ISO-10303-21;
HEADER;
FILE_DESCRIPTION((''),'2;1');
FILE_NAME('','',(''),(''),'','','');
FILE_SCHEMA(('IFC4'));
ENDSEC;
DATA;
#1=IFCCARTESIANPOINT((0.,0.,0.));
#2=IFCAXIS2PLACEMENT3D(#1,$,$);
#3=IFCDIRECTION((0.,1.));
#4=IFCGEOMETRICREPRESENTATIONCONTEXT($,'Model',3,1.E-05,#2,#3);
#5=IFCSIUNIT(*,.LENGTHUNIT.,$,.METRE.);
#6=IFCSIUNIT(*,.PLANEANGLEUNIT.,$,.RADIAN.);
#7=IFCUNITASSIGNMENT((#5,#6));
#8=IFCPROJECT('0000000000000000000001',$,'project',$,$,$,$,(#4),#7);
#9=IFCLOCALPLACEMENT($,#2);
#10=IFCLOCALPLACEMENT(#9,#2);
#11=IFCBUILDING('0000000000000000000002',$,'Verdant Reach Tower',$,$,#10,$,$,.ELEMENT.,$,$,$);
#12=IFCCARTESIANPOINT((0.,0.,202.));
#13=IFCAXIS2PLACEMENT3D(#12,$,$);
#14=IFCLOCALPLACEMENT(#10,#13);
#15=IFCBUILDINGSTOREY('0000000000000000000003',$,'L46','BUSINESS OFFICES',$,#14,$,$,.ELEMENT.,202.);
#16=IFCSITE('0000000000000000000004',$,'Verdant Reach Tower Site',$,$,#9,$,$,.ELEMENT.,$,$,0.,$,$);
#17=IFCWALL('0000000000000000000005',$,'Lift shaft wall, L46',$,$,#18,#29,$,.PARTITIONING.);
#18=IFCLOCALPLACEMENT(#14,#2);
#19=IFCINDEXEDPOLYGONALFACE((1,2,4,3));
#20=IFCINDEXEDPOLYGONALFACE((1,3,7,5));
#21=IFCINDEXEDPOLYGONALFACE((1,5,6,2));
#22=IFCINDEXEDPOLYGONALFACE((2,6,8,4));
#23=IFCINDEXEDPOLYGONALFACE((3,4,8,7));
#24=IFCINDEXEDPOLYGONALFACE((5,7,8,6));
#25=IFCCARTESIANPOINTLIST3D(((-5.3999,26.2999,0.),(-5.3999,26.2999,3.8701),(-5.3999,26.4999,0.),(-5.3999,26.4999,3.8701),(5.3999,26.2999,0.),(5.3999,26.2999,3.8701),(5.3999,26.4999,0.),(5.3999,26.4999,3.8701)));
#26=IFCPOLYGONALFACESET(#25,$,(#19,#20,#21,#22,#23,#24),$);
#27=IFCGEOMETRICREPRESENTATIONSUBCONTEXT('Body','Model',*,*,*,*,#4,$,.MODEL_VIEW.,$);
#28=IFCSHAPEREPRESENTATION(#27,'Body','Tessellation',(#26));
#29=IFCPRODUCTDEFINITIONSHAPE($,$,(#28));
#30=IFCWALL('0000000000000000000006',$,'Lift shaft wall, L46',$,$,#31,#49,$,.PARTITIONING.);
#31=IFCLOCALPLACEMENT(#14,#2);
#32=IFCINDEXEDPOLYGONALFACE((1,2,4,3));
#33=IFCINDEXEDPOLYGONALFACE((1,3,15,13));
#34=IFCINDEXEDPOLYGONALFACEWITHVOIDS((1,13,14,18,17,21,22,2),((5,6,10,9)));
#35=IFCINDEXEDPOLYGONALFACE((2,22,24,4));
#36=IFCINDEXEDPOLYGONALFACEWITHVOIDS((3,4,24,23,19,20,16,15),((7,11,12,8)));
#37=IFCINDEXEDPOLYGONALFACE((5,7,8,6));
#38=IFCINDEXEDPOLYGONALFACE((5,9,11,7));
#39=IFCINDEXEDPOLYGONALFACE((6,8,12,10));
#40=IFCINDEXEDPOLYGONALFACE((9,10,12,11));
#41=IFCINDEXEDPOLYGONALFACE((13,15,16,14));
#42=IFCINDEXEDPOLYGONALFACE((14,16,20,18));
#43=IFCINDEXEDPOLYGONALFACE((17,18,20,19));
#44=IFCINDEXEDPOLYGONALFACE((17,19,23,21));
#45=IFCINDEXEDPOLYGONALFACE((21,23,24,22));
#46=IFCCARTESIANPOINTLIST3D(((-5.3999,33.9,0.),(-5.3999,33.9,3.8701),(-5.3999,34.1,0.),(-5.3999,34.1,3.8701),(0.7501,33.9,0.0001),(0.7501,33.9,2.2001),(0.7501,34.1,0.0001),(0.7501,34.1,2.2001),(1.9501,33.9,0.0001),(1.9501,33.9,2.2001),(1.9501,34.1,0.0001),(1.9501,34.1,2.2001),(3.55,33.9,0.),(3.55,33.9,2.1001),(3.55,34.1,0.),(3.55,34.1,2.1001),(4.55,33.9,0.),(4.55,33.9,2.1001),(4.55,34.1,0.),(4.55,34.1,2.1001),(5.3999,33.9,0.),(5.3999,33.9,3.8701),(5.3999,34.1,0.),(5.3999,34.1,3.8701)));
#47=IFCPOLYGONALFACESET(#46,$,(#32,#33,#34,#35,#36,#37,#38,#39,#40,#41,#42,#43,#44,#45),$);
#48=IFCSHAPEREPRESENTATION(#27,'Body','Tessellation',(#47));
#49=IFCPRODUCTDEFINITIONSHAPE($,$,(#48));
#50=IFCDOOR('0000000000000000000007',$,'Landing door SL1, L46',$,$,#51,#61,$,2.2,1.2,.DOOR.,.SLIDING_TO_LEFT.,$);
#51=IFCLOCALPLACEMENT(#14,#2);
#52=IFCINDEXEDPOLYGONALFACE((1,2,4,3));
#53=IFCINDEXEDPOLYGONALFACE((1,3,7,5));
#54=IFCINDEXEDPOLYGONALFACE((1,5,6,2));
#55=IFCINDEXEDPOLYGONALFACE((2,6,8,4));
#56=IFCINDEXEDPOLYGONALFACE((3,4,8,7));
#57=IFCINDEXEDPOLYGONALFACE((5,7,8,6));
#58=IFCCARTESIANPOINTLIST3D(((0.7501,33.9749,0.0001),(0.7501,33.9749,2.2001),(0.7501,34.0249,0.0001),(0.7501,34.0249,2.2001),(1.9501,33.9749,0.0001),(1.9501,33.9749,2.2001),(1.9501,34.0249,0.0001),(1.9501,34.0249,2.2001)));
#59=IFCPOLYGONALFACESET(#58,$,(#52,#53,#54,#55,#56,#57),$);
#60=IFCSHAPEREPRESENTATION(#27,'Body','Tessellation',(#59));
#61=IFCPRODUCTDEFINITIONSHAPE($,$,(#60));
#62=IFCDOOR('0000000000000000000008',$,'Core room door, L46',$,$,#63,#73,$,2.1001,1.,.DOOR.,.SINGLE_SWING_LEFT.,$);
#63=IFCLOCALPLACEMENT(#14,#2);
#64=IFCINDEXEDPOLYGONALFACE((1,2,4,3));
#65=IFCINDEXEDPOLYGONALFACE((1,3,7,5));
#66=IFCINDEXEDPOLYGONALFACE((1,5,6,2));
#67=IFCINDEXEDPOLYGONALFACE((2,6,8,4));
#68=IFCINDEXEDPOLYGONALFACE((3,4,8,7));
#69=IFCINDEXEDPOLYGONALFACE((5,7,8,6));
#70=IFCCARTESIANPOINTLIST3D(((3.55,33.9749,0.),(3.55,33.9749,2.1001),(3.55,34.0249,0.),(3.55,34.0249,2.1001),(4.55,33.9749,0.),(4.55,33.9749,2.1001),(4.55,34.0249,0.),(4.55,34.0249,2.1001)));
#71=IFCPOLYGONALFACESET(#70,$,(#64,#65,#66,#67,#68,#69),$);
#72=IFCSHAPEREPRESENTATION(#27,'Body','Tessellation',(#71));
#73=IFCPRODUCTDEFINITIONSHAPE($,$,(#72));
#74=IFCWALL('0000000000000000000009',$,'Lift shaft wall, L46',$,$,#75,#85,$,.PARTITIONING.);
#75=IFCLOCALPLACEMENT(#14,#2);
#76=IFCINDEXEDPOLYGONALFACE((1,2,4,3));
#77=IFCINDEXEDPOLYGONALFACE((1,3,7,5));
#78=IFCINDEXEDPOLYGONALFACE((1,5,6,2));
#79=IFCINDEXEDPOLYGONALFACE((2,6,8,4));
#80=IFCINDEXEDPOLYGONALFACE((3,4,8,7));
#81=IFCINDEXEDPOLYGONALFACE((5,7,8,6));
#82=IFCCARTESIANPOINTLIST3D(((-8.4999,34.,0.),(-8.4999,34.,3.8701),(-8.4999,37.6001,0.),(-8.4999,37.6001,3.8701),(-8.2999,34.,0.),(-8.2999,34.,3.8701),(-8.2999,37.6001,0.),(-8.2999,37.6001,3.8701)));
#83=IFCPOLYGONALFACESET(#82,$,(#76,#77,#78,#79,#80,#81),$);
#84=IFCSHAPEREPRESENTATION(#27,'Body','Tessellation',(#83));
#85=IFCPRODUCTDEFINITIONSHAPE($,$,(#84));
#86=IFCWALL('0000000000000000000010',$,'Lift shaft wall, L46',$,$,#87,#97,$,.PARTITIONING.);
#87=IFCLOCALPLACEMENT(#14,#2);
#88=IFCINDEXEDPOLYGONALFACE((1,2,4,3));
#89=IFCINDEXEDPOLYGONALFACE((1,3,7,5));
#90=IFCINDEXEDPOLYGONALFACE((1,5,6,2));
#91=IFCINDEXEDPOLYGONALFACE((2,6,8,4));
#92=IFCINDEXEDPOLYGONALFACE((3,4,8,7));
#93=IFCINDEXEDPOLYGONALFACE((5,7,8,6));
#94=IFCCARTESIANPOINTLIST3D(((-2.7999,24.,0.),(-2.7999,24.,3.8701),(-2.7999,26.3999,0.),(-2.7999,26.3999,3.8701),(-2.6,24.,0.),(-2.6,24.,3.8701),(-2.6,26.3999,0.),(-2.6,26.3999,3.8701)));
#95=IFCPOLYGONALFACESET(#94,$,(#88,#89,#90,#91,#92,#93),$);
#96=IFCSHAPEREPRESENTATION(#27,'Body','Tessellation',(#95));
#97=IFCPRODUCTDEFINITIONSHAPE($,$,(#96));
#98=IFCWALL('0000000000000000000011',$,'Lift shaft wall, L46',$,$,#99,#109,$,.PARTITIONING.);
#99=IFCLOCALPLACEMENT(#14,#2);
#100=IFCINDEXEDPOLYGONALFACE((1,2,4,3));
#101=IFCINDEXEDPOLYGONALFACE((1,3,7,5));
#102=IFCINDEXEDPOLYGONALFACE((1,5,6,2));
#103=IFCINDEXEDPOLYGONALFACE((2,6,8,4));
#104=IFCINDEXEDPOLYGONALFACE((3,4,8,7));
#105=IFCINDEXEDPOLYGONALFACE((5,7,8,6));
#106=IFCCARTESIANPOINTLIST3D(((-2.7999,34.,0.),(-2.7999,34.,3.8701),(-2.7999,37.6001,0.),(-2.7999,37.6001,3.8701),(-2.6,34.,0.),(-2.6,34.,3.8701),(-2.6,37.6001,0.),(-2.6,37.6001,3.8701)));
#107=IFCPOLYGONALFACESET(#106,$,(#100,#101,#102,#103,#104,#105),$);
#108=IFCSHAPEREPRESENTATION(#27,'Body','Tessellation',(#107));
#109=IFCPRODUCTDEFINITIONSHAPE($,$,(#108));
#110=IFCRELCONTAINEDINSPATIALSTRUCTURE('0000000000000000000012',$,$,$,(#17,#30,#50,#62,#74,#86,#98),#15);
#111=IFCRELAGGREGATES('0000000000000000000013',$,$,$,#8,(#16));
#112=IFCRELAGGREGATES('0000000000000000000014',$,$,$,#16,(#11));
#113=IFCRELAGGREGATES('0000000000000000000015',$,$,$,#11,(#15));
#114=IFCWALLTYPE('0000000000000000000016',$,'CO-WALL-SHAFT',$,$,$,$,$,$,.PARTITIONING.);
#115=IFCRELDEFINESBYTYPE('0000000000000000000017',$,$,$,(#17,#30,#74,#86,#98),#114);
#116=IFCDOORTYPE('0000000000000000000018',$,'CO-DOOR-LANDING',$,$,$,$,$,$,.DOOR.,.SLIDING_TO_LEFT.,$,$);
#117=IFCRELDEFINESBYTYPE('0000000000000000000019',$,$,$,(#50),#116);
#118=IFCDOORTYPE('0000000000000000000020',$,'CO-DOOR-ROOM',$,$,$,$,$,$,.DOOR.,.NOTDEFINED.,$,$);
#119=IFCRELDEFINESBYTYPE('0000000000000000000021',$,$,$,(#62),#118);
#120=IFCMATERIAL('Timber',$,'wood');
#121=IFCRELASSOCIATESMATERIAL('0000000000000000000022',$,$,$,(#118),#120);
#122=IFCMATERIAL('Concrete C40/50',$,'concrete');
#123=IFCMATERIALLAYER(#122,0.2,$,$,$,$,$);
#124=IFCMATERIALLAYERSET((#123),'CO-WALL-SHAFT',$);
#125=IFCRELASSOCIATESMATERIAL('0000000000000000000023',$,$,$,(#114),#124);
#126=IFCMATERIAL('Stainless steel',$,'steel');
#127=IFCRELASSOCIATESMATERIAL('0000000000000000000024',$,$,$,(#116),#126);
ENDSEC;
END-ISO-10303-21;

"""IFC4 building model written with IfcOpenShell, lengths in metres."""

from ifc_helpers import new_model, si_unit, direction, frame, frame_2d, origin, place, context, subcontext, project, spatial, rectangle, extrude, material, layer, layer_set, type_object, element, fill, save


model = new_model("IFC4")

# Units and contexts
model_context = context("Model", 3, precision=1e-05, world=origin(), true_north=direction((0.0, 1.0)))
body_context = subcontext(model_context, "Body", "Model", "MODEL_VIEW")
ifc_project = project(units=[si_unit("LENGTHUNIT", "METRE"), si_unit("PLANEANGLEUNIT", "RADIAN")], contexts=[model_context])

# Site, building, storey
site_placement = place(None, origin())
site = spatial("IfcSite", under=ifc_project, at=site_placement, Name="Verdant Reach Tower Site", CompositionType="ELEMENT", RefElevation=0.0)
building_placement = place(site_placement, origin())
building = spatial("IfcBuilding", under=site, at=building_placement, Name="Verdant Reach Tower", CompositionType="ELEMENT")
storey_placement = place(building_placement, frame((0.0, 0.0, 202.0)))
storey = spatial("IfcBuildingStorey", under=building, at=storey_placement, Name="L46", Description="BUSINESS OFFICES", CompositionType="ELEMENT", Elevation=202.0)

# Shared definitions
ifc_material_1 = material(Name="Timber", Category="wood")
door_type_1 = type_object("IfcDoorType", Name="CO-DOOR-ROOM", OperationType="NOTDEFINED", PredefinedType="DOOR", material=ifc_material_1)

# Shared definitions
ifc_material_2 = material(Name="Concrete C40/50", Category="concrete")
ifc_layer_1 = layer(ifc_material_2, 0.2)
ifc_layer_set_1 = layer_set([ifc_layer_1], Name="CO-WALL-SHAFT")
wall_type_1 = type_object("IfcWallType", Name="CO-WALL-SHAFT", PredefinedType="PARTITIONING", material=ifc_layer_set_1)
ifc_material_3 = material(Name="Stainless steel", Category="steel")
door_type_2 = type_object("IfcDoorType", Name="CO-DOOR-LANDING", OperationType="SLIDING_TO_LEFT", PredefinedType="DOOR", material=ifc_material_3)

# Wall
wall_1_placement = place(storey_placement, frame((-5.3999, 26.3999, 0.0), z_axis=(0.0, 0.0, 1.0), x_axis=(1.0, 0.0, 0.0)))
element("IfcWall", 1, at=wall_1_placement, inside=storey, type_object=wall_type_1, Name="Lift shaft wall, L46", PredefinedType="PARTITIONING", context=body_context, shape_type="SweptSolid", body=[
    extrude(rectangle(XDim=10.7998, YDim=0.2, at=frame_2d((5.3999, 0.0))), origin(), (0.0, 0.0, 1.0), 3.8701),
])

# Wall, openings, doors
wall_2_placement = place(storey_placement, frame((-5.3999, 34.0, 0.0), z_axis=(0.0, 0.0, 1.0), x_axis=(1.0, 0.0, 0.0)))
wall_2 = element("IfcWall", 2, at=wall_2_placement, inside=storey, type_object=wall_type_1, Name="Lift shaft wall, L46", PredefinedType="PARTITIONING", context=body_context, shape_type="SweptSolid", body=[
    extrude(rectangle(XDim=10.7998, YDim=0.2, at=frame_2d((5.3999, 0.0))), origin(), (0.0, 0.0, 1.0), 3.8701),
])
opening_1_placement = place(wall_2_placement, frame((6.1499, 0.0, 0.0)))
opening_1 = element("IfcOpeningElement", 3, at=opening_1_placement, cuts=wall_2, PredefinedType="OPENING", context=body_context, shape_type="SweptSolid", body=[
    extrude(rectangle(XDim=1.2, YDim=2.2, at=frame_2d((0.6001, 1.1001))), frame((0.0, 0.1099, 0.0), z_axis=(0.0, -1.0, 0.0), x_axis=(1.0, 0.0, 0.0)), (0.0, 0.0, 1.0), 0.22),
])
opening_2_placement = place(wall_2_placement, frame((8.95, 0.0, 0.0)))
opening_2 = element("IfcOpeningElement", 4, at=opening_2_placement, cuts=wall_2, PredefinedType="OPENING", context=body_context, shape_type="SweptSolid", body=[
    extrude(rectangle(XDim=1.0, YDim=2.1001, at=frame_2d((0.5, 1.05))), frame((0.0, 0.1099, 0.0), z_axis=(0.0, -1.0, 0.0), x_axis=(1.0, 0.0, 0.0)), (0.0, 0.0, 1.0), 0.22),
])
door_1_placement = place(opening_1_placement, origin())
door_1 = element("IfcDoor", 5, at=door_1_placement, inside=storey, type_object=door_type_2, Name="Landing door SL1, L46", OperationType="SLIDING_TO_LEFT", OverallHeight=2.2, OverallWidth=1.2, PredefinedType="DOOR", context=body_context, shape_type="SweptSolid", body=[
    extrude(rectangle(XDim=1.2, YDim=2.2, at=frame_2d((0.6001, 1.1001))), frame((0.0, 0.0249, 0.0), z_axis=(0.0, -1.0, 0.0), x_axis=(1.0, 0.0, 0.0)), (0.0, 0.0, 1.0), 0.05),
])
fill(opening_1, door_1)
door_2_placement = place(opening_2_placement, origin())
door_2 = element("IfcDoor", 6, at=door_2_placement, inside=storey, type_object=door_type_1, Name="Core room door, L46", OperationType="SINGLE_SWING_LEFT", OverallHeight=2.1001, OverallWidth=1.0, PredefinedType="DOOR", context=body_context, shape_type="SweptSolid", body=[
    extrude(rectangle(XDim=1.0, YDim=2.1001, at=frame_2d((0.5, 1.05))), frame((0.0, 0.0249, 0.0), z_axis=(0.0, -1.0, 0.0), x_axis=(1.0, 0.0, 0.0)), (0.0, 0.0, 1.0), 0.05),
])
fill(opening_2, door_2)

# Walls
wall_3_placement = place(storey_placement, frame((-8.3999, 34.0, 0.0), z_axis=(0.0, 0.0, 1.0), x_axis=(0.0, 1.0, 0.0)))
element("IfcWall", 7, at=wall_3_placement, inside=storey, type_object=wall_type_1, Name="Lift shaft wall, L46", PredefinedType="PARTITIONING", context=body_context, shape_type="SweptSolid", body=[
    extrude(rectangle(XDim=3.6001, YDim=0.2, at=frame_2d((1.8, 0.0))), origin(), (0.0, 0.0, 1.0), 3.8701),
])
wall_4_placement = place(storey_placement, frame((-2.7, 24.0, 0.0), z_axis=(0.0, 0.0, 1.0), x_axis=(0.0, 1.0, 0.0)))
element("IfcWall", 8, at=wall_4_placement, inside=storey, type_object=wall_type_1, Name="Lift shaft wall, L46", PredefinedType="PARTITIONING", context=body_context, shape_type="SweptSolid", body=[
    extrude(rectangle(XDim=2.3999, YDim=0.2, at=frame_2d((1.2, 0.0))), origin(), (0.0, 0.0, 1.0), 3.8701),
])
wall_5_placement = place(storey_placement, frame((-2.7, 34.0, 0.0), z_axis=(0.0, 0.0, 1.0), x_axis=(0.0, 1.0, 0.0)))
element("IfcWall", 9, at=wall_5_placement, inside=storey, type_object=wall_type_1, Name="Lift shaft wall, L46", PredefinedType="PARTITIONING", context=body_context, shape_type="SweptSolid", body=[
    extrude(rectangle(XDim=3.6001, YDim=0.2, at=frame_2d((1.8, 0.0))), origin(), (0.0, 0.0, 1.0), 3.8701),
])

save(model, "model.ifc")
